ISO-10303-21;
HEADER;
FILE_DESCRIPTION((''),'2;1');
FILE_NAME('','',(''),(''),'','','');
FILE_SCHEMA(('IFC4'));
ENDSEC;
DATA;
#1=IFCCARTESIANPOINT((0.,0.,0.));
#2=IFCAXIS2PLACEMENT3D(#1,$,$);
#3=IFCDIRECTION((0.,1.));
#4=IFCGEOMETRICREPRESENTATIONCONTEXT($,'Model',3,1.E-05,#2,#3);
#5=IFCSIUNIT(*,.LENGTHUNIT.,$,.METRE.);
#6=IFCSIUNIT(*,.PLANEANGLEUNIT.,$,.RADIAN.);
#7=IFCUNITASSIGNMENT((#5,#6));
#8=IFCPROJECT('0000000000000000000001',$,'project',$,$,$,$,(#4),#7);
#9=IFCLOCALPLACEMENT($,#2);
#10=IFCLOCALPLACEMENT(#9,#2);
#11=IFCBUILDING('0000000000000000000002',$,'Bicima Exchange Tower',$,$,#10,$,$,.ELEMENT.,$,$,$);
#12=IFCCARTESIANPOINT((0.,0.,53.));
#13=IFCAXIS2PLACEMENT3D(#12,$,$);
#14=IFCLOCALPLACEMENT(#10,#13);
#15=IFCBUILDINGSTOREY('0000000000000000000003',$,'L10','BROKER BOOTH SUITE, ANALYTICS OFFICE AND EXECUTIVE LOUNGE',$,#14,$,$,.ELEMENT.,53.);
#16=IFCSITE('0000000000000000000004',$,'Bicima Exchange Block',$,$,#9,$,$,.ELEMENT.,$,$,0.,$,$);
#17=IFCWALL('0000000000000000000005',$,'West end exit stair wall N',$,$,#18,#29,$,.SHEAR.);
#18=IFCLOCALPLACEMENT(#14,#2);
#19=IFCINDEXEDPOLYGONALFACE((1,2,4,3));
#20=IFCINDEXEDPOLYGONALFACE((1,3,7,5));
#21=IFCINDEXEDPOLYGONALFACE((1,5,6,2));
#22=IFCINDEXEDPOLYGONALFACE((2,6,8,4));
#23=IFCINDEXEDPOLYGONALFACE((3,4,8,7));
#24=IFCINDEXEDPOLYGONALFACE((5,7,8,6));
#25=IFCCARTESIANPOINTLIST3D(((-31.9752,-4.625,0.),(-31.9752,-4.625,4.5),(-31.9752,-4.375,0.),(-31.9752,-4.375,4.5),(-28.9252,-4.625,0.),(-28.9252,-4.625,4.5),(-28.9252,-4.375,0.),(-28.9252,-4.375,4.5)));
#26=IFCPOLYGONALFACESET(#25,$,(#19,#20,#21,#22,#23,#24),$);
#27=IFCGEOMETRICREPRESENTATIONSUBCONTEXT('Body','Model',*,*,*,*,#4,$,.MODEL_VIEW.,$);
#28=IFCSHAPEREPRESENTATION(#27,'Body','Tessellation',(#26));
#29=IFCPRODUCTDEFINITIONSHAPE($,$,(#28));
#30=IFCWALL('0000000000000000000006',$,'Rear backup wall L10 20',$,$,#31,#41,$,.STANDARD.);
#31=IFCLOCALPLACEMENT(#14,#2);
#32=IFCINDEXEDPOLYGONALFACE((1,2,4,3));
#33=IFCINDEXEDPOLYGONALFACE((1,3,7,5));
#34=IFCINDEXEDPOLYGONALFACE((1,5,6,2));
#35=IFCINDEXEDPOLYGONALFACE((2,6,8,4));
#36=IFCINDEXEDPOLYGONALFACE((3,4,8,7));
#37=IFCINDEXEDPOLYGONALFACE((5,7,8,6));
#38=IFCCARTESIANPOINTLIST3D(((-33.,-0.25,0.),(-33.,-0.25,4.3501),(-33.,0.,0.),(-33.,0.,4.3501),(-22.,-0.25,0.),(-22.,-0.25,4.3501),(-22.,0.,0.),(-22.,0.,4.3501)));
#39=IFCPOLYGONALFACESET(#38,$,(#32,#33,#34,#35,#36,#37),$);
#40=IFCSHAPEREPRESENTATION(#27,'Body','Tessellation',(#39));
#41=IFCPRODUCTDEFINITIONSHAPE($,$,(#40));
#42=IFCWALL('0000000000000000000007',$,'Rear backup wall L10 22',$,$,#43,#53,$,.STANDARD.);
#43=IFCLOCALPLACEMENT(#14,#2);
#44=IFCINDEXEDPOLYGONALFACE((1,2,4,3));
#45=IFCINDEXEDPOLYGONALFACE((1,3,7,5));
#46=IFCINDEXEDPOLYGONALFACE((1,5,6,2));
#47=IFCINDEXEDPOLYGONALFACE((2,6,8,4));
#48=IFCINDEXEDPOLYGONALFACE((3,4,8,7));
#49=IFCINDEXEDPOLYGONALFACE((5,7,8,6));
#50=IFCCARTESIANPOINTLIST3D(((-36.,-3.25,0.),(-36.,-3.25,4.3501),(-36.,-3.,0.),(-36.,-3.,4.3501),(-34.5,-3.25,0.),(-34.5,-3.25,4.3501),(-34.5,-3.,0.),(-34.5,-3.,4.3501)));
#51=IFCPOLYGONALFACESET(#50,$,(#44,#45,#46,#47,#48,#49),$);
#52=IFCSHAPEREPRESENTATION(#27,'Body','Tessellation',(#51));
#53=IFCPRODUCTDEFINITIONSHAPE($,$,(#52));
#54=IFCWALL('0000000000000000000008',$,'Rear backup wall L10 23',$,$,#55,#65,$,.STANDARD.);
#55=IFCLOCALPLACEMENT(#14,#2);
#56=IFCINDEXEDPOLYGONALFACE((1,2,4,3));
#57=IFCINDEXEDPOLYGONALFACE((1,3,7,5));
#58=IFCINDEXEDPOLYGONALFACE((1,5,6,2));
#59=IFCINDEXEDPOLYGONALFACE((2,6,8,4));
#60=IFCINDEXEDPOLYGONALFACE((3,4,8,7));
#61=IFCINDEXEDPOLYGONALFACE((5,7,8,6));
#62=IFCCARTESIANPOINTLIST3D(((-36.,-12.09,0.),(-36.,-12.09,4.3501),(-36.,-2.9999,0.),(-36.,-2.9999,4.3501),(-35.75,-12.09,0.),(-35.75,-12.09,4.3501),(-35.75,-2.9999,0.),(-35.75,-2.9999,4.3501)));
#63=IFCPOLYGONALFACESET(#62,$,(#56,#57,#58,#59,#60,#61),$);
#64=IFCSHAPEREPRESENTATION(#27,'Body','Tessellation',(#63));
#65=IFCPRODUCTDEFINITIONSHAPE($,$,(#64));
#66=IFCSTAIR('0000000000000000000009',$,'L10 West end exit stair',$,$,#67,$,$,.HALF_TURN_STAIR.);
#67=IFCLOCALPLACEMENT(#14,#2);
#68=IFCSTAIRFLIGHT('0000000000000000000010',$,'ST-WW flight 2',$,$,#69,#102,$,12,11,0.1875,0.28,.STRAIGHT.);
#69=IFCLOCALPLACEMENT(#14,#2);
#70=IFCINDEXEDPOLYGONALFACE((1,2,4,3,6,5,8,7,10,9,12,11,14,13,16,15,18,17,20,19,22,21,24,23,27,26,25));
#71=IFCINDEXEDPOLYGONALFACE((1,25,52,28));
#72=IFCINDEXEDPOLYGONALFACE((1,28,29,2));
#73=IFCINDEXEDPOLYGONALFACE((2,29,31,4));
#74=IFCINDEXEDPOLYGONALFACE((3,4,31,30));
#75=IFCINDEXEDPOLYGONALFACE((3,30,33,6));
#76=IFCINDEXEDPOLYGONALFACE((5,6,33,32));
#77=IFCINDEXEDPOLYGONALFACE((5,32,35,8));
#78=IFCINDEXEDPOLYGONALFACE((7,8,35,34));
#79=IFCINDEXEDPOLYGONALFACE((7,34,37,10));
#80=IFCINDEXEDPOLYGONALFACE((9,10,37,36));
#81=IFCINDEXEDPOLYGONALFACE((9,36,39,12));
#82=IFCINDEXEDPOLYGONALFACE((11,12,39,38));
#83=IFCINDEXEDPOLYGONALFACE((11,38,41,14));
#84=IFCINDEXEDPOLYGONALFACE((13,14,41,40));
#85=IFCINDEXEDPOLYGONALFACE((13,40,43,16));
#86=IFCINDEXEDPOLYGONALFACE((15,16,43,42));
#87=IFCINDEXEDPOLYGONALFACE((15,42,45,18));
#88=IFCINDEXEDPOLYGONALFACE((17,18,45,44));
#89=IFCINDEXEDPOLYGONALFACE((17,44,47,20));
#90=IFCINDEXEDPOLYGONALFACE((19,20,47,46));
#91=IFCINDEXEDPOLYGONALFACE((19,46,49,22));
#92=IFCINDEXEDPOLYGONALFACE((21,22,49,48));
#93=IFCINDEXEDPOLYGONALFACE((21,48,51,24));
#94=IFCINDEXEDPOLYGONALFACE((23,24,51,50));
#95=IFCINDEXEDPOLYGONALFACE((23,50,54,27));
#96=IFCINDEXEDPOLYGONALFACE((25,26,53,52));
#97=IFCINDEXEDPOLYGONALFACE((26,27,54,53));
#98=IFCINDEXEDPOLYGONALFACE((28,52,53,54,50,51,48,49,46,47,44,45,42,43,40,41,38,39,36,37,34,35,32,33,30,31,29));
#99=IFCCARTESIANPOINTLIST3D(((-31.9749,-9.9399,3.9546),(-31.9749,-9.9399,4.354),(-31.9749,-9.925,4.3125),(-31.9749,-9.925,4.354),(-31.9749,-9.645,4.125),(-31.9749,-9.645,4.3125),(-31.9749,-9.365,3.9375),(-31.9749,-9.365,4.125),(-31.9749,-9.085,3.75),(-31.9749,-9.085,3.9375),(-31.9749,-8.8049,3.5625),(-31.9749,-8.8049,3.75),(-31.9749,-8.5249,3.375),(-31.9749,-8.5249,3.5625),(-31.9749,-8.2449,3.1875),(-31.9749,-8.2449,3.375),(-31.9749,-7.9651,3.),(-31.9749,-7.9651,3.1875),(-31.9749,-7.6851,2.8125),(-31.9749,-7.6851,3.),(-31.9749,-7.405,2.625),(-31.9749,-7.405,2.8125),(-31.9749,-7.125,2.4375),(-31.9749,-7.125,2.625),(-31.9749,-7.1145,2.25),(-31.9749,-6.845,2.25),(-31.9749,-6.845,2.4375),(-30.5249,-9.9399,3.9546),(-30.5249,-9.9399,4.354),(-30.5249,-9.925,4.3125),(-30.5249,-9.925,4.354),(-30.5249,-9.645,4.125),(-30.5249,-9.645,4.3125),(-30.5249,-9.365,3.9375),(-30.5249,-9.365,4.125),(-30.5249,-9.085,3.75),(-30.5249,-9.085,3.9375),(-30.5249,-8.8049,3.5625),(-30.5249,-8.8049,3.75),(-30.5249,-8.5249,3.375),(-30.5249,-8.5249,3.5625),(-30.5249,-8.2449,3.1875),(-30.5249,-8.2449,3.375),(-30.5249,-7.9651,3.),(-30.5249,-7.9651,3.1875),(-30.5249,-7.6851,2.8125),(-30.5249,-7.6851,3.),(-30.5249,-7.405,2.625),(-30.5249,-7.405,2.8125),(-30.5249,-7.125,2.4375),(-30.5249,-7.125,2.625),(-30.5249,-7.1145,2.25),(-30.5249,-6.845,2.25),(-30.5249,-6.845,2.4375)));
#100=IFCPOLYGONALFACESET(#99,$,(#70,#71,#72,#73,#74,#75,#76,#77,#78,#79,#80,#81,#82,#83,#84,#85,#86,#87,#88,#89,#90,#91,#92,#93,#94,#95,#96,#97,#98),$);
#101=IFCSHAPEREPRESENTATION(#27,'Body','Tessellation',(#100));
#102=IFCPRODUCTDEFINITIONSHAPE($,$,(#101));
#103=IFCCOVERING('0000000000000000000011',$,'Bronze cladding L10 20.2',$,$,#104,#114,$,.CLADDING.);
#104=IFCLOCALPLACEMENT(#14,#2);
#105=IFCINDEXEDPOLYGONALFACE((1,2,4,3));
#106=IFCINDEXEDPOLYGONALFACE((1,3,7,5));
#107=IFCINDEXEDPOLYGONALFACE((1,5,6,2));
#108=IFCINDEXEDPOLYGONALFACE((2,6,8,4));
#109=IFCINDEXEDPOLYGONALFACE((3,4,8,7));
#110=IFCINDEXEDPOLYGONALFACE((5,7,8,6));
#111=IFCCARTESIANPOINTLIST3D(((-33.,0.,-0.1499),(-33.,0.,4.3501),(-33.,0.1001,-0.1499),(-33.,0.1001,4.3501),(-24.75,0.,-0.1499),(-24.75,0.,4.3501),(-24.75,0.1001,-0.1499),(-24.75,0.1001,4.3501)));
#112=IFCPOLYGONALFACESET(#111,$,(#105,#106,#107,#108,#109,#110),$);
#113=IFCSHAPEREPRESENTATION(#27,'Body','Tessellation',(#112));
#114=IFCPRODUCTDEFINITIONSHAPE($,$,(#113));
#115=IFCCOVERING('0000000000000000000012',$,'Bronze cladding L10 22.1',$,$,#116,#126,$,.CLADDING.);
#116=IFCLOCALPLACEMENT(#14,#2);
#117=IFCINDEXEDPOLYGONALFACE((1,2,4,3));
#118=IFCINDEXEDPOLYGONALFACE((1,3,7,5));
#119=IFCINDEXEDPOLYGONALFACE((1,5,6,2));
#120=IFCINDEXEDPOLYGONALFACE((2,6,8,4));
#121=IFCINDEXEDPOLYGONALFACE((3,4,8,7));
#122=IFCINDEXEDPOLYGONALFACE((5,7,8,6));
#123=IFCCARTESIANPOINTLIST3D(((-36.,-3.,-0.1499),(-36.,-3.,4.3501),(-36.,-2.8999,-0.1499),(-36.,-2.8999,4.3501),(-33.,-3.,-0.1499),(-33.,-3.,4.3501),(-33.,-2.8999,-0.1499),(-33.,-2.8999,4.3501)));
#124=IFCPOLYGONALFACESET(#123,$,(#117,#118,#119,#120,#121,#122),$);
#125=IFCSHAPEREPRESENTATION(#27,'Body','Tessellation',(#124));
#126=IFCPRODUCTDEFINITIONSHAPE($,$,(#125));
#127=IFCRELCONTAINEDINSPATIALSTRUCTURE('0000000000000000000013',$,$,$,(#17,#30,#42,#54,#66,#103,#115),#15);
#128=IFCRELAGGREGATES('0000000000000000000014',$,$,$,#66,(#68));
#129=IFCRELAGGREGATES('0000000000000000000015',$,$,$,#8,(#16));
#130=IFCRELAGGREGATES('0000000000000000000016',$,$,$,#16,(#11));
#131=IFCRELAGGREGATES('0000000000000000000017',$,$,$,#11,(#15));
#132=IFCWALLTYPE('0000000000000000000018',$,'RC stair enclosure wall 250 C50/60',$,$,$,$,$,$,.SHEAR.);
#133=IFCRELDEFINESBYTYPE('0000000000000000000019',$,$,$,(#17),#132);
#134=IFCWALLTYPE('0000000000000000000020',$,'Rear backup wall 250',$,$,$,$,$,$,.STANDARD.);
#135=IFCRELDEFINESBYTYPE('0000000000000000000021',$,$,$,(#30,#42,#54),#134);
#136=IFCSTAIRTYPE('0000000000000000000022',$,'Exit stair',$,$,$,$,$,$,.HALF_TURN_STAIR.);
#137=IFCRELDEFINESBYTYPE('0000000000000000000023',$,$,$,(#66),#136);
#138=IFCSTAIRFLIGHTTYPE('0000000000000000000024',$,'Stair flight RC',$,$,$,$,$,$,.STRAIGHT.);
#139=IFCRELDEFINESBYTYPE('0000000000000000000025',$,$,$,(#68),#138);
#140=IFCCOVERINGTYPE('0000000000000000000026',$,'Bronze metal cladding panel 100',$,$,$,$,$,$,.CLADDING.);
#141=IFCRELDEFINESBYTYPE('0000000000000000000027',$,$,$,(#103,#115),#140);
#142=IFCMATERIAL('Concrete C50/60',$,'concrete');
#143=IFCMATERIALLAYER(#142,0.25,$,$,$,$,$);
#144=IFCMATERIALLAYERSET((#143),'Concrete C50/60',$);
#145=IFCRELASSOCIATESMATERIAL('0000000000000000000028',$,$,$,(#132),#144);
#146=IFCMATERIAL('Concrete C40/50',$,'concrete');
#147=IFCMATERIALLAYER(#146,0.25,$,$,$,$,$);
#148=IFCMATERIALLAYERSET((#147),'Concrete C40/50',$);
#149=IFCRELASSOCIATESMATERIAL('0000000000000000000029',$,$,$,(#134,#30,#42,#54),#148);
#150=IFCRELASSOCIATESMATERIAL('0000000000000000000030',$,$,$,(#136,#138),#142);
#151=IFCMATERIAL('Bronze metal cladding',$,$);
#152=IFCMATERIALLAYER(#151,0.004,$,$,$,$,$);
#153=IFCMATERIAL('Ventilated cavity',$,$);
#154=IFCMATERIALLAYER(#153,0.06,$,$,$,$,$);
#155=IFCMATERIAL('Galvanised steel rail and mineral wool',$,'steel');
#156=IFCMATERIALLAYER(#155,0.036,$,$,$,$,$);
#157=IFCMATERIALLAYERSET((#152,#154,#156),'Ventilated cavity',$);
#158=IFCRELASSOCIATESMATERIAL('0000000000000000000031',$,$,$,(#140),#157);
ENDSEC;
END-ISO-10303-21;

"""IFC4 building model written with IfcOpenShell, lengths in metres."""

from ifc_helpers import new_model, si_unit, direction, frame, frame_2d, origin, origin_2d, place, context, subcontext, project, spatial, polyline, rectangle, outline, extrude, material, layer, layer_set, layer_usage, type_object, element, aggregate, save


model = new_model("IFC4")

# Units and contexts
model_context = context("Model", 3, precision=1e-05, world=origin(), true_north=direction((0.0, 1.0)))
body_context = subcontext(model_context, "Body", "Model", "MODEL_VIEW")
ifc_project = project(units=[si_unit("LENGTHUNIT", "METRE"), si_unit("PLANEANGLEUNIT", "RADIAN")], contexts=[model_context])

# Site, building, storey
site_placement = place(None, origin())
site = spatial("IfcSite", under=ifc_project, at=site_placement, Name="Bicima Exchange Block", CompositionType="ELEMENT", RefElevation=0.0)
building_placement = place(site_placement, origin())
building = spatial("IfcBuilding", under=site, at=building_placement, Name="Bicima Exchange Tower", CompositionType="ELEMENT")
storey_placement = place(building_placement, frame((0.0, 0.0, 53.0)))
storey = spatial("IfcBuildingStorey", under=building, at=storey_placement, Name="L10", Description="BROKER BOOTH SUITE, ANALYTICS OFFICE AND EXECUTIVE LOUNGE", CompositionType="ELEMENT", Elevation=53.0)

# Walls
ifc_material_1 = material(Name="Concrete C50/60", Category="concrete")
ifc_layer_1 = layer(ifc_material_1, 0.25)
ifc_layer_set_1 = layer_set([ifc_layer_1], Name="Concrete C50/60")
wall_type_1 = type_object("IfcWallType", Name="RC stair enclosure wall 250 C50/60", PredefinedType="SHEAR", material=ifc_layer_set_1)
wall_1_placement = place(storey_placement, frame((-31.9751, -4.5, 0.0), z_axis=(0.0, 0.0, 1.0), x_axis=(1.0, 0.0, 0.0)))
element("IfcWall", 1, at=wall_1_placement, inside=storey, type_object=wall_type_1, Name="West end exit stair wall N", PredefinedType="SHEAR", context=body_context, shape_type="SweptSolid", body=[
    extrude(rectangle(XDim=3.05, YDim=0.25, at=frame_2d((1.5249, 0.0))), origin(), (0.0, 0.0, 1.0), 4.5),
])
ifc_material_2 = material(Name="Concrete C40/50", Category="concrete")
ifc_layer_2 = layer(ifc_material_2, 0.25)
ifc_layer_set_2 = layer_set([ifc_layer_2], Name="Concrete C40/50")
ifc_layer_usage = layer_usage(ifc_layer_set_2, "AXIS2", "POSITIVE", -0.125)
wall_type_2 = type_object("IfcWallType", Name="Rear backup wall 250", PredefinedType="STANDARD", material=ifc_layer_set_2)
wall_2_placement = place(storey_placement, frame((-22.0, -0.125, 0.0), z_axis=(0.0, 0.0, 1.0), x_axis=(-1.0, 0.0, 0.0)))
element("IfcWall", 2, at=wall_2_placement, inside=storey, type_object=wall_type_2, material=ifc_layer_usage, Name="Rear backup wall L10 20", PredefinedType="STANDARD", context=body_context, shape_type="SweptSolid", body=[
    extrude(rectangle(XDim=11.0, YDim=0.25, at=frame_2d((5.5, 0.0))), origin(), (0.0, 0.0, 1.0), 4.3501),
])
wall_3_placement = place(storey_placement, frame((-34.5, -3.125, 0.0), z_axis=(0.0, 0.0, 1.0), x_axis=(-1.0, 0.0, 0.0)))
element("IfcWall", 3, at=wall_3_placement, inside=storey, type_object=wall_type_2, material=ifc_layer_usage, Name="Rear backup wall L10 22", PredefinedType="STANDARD", context=body_context, shape_type="SweptSolid", body=[
    extrude(rectangle(XDim=1.5, YDim=0.25, at=frame_2d((0.75, 0.0))), origin(), (0.0, 0.0, 1.0), 4.3501),
])
wall_4_placement = place(storey_placement, frame((-35.875, -3.0, 0.0), z_axis=(0.0, 0.0, 1.0), x_axis=(0.0, -1.0, 0.0)))
element("IfcWall", 4, at=wall_4_placement, inside=storey, type_object=wall_type_2, material=ifc_layer_usage, Name="Rear backup wall L10 23", PredefinedType="STANDARD", context=body_context, shape_type="SweptSolid", body=[
    extrude(rectangle(XDim=9.0901, YDim=0.25, at=frame_2d((4.5449, 0.0))), origin(), (0.0, 0.0, 1.0), 4.3501),
])

# Stair, stair flight
stair_type = type_object("IfcStairType", Name="Exit stair", PredefinedType="HALF_TURN_STAIR", material=ifc_material_1)
stair_placement = place(storey_placement, origin())
stair = element("IfcStair", 5, at=stair_placement, inside=storey, type_object=stair_type, Name="L10 West end exit stair", PredefinedType="HALF_TURN_STAIR")
stair_flight_type = type_object("IfcStairFlightType", Name="Stair flight RC", PredefinedType="STRAIGHT", material=ifc_material_1)
stair_flight_placement = place(storey_placement, frame((-31.25, -6.845, 2.25), z_axis=(0.0, 0.0, 1.0), x_axis=(0.0, -1.0, 0.0)))
stair_flight = element("IfcStairFlight", 6, at=stair_flight_placement, type_object=stair_flight_type, Name="ST-WW flight 2", NumberOfRisers=12, NumberOfTreads=11, PredefinedType="STRAIGHT", RiserHeight=0.1875, TreadLength=0.28, context=body_context, shape_type="SweptSolid", body=[
    extrude(outline(polyline([(0.0, 0.0), (0.0, 0.1875), (0.28, 0.1875), (0.28, 0.375), (0.5601, 0.375), (0.5601, 0.5625), (0.8401, 0.5625), (0.8401, 0.75), (1.1201, 0.75), (1.1201, 0.9375), (1.3999, 0.9375), (1.3999, 1.125), (1.6799, 1.125), (1.6799, 1.3125), (1.96, 1.3125), (1.96, 1.5), (2.24, 1.5), (2.24, 1.6875), (2.52, 1.6875), (2.52, 1.875), (2.8, 1.875), (2.8, 2.0625), (3.0801, 2.0625), (3.0801, 2.104), (3.095, 2.104), (3.095, 1.7046), (0.2695, 0.0), (0.0, 0.0)])), frame((0.0, 0.7251, 0.0), z_axis=(0.0, -1.0, 0.0), x_axis=(1.0, 0.0, 0.0)), (0.0, 0.0, 1.0), 1.45),
])
aggregate(stair, [stair_flight])

# Coverings
ifc_material_3 = material(Name="Bronze metal cladding")
ifc_layer_3 = layer(ifc_material_3, 0.004)
ifc_material_4 = material(Name="Ventilated cavity")
ifc_layer_4 = layer(ifc_material_4, 0.06)
ifc_material_5 = material(Name="Galvanised steel rail and mineral wool", Category="steel")
ifc_layer_5 = layer(ifc_material_5, 0.036)
ifc_layer_set_3 = layer_set([ifc_layer_3, ifc_layer_4, ifc_layer_5], Name="Ventilated cavity")
covering_type = type_object("IfcCoveringType", Name="Bronze metal cladding panel 100", PredefinedType="CLADDING", material=ifc_layer_set_3)
covering_1_placement = place(storey_placement, frame((-28.875, 0.05, -0.1499), z_axis=(0.0, 0.0, 1.0), x_axis=(-1.0, 0.0, 0.0)))
element("IfcCovering", 7, at=covering_1_placement, inside=storey, type_object=covering_type, Name="Bronze cladding L10 20.2", PredefinedType="CLADDING", context=body_context, shape_type="SweptSolid", body=[
    extrude(rectangle(XDim=8.25, YDim=0.1001, at=origin_2d()), origin(), (0.0, 0.0, 1.0), 4.5),
])
covering_2_placement = place(storey_placement, frame((-34.5, -2.95, -0.1499), z_axis=(0.0, 0.0, 1.0), x_axis=(-1.0, 0.0, 0.0)))
element("IfcCovering", 8, at=covering_2_placement, inside=storey, type_object=covering_type, Name="Bronze cladding L10 22.1", PredefinedType="CLADDING", context=body_context, shape_type="SweptSolid", body=[
    extrude(rectangle(XDim=3.0, YDim=0.1001, at=origin_2d()), origin(), (0.0, 0.0, 1.0), 4.5),
])

save(model, "model.ifc")
